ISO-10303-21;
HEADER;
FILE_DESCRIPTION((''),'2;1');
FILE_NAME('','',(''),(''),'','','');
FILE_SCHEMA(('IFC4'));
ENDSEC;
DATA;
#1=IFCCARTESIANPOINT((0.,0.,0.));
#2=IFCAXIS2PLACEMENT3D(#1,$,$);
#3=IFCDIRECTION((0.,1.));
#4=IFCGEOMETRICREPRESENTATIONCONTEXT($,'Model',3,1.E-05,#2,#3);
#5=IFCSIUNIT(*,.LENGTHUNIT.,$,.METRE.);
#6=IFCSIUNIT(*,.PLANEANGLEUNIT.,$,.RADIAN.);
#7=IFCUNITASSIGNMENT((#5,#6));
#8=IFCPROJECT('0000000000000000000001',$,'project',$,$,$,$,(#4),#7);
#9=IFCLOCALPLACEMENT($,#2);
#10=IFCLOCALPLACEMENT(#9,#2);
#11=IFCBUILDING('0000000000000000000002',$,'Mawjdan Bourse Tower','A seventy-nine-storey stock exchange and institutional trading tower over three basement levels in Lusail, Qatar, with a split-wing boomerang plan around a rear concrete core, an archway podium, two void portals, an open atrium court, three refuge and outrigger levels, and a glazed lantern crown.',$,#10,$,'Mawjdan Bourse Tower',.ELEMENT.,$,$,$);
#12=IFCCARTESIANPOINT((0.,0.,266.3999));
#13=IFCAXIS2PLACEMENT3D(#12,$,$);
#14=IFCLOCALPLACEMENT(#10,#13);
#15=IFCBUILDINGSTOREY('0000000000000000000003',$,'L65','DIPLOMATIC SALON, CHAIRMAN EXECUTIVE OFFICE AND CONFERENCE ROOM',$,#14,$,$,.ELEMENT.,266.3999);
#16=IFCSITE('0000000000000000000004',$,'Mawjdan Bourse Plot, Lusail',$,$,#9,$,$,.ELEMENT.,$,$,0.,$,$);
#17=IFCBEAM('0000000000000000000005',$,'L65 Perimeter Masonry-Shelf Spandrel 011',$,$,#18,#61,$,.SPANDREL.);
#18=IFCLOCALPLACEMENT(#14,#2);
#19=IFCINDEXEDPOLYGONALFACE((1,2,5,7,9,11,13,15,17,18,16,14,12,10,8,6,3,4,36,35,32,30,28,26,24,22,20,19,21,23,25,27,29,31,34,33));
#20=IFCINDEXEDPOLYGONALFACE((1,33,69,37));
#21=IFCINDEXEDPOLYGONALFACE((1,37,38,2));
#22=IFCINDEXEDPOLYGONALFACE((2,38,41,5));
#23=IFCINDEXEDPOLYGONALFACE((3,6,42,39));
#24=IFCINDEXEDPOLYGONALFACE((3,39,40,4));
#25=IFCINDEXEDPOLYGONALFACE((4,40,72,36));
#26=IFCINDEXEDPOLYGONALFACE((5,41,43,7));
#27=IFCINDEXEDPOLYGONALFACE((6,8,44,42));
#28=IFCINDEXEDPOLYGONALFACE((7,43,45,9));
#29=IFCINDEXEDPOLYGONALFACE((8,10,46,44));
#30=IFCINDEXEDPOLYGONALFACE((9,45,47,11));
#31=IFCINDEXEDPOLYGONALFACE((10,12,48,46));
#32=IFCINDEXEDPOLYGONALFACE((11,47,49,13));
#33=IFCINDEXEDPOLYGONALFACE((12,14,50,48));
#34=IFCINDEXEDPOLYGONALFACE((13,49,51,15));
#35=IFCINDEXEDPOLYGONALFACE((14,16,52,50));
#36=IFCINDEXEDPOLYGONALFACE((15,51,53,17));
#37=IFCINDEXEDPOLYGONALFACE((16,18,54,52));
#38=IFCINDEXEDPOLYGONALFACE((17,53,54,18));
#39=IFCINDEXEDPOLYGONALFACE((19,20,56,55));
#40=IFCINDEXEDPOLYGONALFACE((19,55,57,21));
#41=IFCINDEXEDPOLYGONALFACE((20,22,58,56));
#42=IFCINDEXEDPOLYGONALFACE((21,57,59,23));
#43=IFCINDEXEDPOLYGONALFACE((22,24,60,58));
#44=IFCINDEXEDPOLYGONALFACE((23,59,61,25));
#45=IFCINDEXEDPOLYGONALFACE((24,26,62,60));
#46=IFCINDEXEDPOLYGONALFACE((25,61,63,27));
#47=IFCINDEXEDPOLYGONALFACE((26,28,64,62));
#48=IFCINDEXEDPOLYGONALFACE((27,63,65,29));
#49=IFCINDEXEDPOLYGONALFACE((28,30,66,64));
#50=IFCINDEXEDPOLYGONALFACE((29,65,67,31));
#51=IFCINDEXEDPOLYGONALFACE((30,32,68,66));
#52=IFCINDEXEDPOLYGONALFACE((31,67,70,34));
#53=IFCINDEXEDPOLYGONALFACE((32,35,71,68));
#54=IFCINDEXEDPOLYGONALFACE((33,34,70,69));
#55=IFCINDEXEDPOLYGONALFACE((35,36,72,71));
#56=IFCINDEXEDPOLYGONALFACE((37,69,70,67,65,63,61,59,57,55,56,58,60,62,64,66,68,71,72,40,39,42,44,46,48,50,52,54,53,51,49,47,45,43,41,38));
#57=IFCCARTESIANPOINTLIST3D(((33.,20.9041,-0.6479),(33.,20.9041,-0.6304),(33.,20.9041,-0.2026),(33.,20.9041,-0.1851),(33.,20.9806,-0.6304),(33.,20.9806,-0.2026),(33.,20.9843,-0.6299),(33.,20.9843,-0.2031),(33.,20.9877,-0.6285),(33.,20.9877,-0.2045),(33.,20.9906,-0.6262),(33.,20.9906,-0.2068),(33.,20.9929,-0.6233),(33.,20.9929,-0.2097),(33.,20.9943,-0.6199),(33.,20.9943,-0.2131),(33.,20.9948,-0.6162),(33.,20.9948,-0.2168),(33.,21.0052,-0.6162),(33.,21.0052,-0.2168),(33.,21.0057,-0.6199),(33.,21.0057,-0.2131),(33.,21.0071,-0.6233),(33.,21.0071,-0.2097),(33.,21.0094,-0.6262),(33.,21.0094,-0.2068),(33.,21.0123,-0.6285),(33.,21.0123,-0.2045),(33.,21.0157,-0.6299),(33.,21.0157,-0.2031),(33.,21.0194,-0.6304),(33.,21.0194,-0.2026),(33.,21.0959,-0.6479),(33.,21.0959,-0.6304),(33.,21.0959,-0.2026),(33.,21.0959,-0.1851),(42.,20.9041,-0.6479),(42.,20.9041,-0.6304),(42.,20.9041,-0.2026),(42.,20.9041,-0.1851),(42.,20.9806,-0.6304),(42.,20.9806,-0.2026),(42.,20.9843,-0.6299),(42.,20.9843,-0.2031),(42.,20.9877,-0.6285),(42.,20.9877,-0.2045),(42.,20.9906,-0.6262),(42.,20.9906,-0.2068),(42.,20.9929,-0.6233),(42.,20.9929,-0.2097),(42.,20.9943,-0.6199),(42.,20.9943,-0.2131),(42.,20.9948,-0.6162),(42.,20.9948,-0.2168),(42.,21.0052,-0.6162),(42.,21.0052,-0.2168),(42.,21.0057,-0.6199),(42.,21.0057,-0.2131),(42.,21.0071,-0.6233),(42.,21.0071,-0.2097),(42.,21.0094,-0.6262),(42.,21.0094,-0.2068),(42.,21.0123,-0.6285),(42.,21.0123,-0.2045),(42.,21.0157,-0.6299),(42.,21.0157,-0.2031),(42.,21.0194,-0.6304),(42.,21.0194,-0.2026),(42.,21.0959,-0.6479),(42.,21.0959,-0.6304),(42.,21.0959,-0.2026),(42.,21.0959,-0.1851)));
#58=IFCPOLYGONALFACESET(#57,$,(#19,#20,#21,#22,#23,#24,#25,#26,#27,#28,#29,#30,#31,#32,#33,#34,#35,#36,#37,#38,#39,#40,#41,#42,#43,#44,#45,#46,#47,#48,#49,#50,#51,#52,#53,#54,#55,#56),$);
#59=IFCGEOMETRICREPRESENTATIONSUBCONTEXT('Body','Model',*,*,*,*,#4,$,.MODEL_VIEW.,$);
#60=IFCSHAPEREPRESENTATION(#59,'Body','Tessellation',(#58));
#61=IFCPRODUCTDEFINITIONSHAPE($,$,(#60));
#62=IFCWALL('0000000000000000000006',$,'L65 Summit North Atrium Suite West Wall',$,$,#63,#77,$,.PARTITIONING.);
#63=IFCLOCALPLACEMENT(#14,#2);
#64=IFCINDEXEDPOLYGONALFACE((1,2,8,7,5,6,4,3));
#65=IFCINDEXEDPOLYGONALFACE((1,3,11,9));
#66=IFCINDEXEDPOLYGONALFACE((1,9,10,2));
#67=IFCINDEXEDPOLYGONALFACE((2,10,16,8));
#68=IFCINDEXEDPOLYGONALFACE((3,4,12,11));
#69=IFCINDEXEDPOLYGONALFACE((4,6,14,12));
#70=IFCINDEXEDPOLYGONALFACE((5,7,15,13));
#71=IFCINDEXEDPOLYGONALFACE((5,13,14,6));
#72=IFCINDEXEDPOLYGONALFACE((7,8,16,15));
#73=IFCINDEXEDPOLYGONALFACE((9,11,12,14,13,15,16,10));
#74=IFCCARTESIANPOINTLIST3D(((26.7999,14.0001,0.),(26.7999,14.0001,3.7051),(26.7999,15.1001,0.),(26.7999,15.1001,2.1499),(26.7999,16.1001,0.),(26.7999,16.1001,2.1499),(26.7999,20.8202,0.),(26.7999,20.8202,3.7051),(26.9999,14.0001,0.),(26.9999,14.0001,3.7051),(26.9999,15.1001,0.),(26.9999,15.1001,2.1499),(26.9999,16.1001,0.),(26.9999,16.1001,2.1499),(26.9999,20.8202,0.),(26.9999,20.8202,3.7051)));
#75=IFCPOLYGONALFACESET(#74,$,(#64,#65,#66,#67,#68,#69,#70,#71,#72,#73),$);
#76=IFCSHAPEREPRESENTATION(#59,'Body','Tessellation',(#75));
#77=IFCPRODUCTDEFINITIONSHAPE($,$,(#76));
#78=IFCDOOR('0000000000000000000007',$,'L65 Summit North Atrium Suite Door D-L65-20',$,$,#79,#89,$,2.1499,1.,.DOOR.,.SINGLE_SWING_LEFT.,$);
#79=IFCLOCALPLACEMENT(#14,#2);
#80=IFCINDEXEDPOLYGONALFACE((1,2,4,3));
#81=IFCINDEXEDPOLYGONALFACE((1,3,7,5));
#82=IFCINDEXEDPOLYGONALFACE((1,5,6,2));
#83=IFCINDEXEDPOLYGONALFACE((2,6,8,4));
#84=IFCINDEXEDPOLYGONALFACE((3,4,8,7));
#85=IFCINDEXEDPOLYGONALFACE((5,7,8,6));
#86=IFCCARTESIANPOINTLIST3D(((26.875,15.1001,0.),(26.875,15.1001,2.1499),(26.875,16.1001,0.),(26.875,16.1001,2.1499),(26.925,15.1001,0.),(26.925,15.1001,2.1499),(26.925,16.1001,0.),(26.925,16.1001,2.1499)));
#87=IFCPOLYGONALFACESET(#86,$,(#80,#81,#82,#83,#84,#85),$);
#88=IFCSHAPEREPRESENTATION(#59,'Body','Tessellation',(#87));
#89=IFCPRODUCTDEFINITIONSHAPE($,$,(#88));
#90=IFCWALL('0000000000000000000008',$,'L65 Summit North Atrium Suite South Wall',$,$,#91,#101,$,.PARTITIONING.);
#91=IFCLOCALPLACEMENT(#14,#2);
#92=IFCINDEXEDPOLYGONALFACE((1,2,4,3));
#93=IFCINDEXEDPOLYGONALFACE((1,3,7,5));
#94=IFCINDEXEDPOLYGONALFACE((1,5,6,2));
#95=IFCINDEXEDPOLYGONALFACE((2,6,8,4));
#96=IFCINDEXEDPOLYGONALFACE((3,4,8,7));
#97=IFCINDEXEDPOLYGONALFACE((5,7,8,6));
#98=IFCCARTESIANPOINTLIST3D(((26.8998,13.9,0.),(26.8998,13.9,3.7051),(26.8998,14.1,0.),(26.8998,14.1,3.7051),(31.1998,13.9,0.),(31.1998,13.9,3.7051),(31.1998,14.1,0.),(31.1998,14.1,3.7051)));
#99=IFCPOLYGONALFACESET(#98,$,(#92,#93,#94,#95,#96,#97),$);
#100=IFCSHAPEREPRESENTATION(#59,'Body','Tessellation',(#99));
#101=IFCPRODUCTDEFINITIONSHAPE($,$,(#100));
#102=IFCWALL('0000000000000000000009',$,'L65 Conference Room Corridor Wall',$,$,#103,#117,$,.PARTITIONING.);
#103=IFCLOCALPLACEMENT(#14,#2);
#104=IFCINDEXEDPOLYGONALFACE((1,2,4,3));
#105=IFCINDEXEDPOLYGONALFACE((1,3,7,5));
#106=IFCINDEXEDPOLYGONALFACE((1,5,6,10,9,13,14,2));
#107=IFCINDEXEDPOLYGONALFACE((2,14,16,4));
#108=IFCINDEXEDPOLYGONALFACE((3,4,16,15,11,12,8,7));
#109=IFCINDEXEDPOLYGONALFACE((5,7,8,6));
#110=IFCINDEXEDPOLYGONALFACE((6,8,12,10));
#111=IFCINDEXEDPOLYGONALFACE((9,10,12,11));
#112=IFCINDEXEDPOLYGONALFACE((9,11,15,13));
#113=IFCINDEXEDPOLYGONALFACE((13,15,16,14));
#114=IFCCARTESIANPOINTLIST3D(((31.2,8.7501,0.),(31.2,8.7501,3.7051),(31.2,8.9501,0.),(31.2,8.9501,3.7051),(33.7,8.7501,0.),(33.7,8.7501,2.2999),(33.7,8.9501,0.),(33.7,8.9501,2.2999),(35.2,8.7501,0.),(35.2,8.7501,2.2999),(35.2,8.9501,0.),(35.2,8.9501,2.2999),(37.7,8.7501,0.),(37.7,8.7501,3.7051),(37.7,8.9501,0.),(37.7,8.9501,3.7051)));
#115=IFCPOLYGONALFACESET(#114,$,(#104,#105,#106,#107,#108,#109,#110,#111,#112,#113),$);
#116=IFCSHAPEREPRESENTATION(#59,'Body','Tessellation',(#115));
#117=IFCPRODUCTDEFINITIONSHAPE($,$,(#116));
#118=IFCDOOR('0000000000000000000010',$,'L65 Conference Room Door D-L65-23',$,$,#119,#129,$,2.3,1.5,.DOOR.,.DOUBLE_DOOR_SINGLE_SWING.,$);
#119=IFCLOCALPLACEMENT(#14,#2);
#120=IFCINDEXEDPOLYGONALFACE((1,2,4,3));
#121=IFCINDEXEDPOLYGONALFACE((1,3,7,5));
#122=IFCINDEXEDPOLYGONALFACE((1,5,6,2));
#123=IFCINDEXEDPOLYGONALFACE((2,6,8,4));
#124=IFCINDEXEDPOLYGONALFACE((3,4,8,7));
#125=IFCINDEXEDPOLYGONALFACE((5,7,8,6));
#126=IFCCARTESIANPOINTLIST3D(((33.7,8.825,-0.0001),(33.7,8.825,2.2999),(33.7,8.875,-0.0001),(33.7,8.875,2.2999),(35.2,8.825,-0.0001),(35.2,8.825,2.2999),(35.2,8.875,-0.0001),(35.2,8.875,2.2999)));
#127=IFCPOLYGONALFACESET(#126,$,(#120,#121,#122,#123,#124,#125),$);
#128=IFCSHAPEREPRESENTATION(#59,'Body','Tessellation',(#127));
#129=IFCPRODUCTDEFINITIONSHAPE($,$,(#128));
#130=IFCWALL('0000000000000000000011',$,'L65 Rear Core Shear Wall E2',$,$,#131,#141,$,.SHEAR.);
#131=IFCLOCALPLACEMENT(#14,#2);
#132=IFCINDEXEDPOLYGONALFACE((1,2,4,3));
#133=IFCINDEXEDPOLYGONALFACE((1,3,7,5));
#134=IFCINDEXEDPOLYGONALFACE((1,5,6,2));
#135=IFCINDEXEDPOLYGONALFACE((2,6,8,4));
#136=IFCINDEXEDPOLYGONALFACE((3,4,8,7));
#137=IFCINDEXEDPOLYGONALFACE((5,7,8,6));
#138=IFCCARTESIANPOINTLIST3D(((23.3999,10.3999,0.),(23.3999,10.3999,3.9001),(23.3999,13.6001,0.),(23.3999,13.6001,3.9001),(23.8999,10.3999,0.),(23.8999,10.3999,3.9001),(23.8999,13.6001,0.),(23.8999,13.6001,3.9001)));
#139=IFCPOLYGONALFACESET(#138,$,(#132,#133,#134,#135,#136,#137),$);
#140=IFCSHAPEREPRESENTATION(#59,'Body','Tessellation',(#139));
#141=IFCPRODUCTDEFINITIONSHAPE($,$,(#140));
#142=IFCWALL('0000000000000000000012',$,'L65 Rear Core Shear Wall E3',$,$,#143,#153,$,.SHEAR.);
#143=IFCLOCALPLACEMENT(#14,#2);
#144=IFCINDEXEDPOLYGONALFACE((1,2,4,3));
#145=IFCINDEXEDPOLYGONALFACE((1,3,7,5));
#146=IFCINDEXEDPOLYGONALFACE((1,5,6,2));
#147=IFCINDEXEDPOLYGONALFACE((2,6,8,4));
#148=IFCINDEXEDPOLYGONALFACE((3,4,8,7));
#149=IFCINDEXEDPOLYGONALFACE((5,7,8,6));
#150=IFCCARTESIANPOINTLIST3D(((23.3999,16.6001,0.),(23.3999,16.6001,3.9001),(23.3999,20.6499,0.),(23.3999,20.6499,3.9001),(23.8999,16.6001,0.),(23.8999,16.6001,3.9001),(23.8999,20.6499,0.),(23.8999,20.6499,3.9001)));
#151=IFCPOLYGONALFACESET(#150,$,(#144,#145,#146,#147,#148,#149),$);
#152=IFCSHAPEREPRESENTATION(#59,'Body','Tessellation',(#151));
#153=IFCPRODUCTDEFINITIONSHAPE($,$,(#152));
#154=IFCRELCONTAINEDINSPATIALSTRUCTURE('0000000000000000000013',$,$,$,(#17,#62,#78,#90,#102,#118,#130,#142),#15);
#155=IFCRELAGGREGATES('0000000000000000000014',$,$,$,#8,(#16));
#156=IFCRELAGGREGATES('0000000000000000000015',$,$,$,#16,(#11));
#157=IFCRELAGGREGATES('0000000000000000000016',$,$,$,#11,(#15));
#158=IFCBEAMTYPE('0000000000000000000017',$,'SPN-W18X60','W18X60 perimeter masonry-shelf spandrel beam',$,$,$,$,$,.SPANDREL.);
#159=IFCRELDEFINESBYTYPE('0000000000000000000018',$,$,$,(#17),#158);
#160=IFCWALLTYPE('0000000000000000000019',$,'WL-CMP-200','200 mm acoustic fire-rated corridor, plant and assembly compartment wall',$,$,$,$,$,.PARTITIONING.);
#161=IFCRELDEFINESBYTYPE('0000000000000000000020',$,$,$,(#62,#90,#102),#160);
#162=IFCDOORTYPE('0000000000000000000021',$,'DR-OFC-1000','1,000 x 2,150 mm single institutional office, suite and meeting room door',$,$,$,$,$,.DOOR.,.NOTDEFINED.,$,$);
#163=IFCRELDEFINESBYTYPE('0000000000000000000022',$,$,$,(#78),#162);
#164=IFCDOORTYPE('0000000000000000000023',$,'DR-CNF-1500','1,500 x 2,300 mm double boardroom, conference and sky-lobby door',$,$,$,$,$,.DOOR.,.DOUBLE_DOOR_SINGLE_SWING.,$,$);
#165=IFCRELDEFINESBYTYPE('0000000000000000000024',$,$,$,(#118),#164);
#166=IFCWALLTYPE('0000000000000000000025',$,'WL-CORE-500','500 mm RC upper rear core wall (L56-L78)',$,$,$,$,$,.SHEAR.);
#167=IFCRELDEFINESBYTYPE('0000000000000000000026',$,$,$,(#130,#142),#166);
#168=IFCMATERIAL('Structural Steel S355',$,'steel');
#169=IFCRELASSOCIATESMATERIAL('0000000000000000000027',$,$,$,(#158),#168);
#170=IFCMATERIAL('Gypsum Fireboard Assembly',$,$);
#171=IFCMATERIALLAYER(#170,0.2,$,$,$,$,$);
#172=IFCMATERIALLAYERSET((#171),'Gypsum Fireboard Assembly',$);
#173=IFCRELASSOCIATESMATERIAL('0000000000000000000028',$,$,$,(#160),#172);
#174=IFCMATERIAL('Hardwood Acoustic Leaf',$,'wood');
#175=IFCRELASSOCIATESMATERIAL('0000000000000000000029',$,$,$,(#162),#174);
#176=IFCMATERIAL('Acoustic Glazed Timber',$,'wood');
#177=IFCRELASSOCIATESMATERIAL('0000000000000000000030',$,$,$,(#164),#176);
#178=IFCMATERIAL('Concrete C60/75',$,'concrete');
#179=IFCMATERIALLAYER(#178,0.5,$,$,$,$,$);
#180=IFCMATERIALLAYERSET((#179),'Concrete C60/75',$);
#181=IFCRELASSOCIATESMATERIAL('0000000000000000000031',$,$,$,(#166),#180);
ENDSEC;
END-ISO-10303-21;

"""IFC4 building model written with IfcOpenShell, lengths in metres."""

from ifc_helpers import new_model, si_unit, direction, frame, frame_2d, origin, origin_2d, place, context, subcontext, project, spatial, rectangle, i_section, extrude, material, layer, layer_set, material_profile, profile_set, type_object, element, fill, save


model = new_model("IFC4")

# Units and contexts
model_context = context("Model", 3, precision=1e-05, world=origin(), true_north=direction((0.0, 1.0)))
body_context = subcontext(model_context, "Body", "Model", "MODEL_VIEW")
ifc_project = project(units=[si_unit("LENGTHUNIT", "METRE"), si_unit("PLANEANGLEUNIT", "RADIAN")], contexts=[model_context])

# Site, building, storey
site_placement = place(None, origin())
site = spatial("IfcSite", under=ifc_project, at=site_placement, Name="Mawjdan Bourse Plot, Lusail", CompositionType="ELEMENT", RefElevation=0.0)
building_placement = place(site_placement, origin())
building = spatial("IfcBuilding", under=site, at=building_placement, Name="Mawjdan Bourse Tower", Description="A seventy-nine-storey stock exchange and institutional trading tower over three basement levels in Lusail, Qatar, with a split-wing boomerang plan around a rear concrete core, an archway podium, two void portals, an open atrium court, three refuge and outrigger levels, and a glazed lantern crown.", LongName="Mawjdan Bourse Tower", CompositionType="ELEMENT")
storey_placement = place(building_placement, frame((0.0, 0.0, 266.3999)))
storey = spatial("IfcBuildingStorey", under=building, at=storey_placement, Name="L65", Description="DIPLOMATIC SALON, CHAIRMAN EXECUTIVE OFFICE AND CONFERENCE ROOM", CompositionType="ELEMENT", Elevation=266.3999)

# Shared definitions
ifc_material_1 = material(Name="Concrete C60/75", Category="concrete")

# Beam
ifc_material_2 = material(Name="Structural Steel S355", Category="steel")
ifc_material_profile_1 = material_profile(ifc_material_2, i_section(OverallWidth=0.1919, OverallDepth=0.4629, WebThickness=0.0105, FlangeThickness=0.0176, FilletRadius=0.0142, at=origin_2d()), Name="W18X60")
ifc_profile_set_1 = profile_set([ifc_material_profile_1], Name="Structural Steel S355")
beam_type_1 = type_object("IfcBeamType", Name="SPN-W18X60", Description="W18X60 perimeter masonry-shelf spandrel beam", PredefinedType="SPANDREL", material=ifc_profile_set_1)
for number, where, z_axis, x_axis, name in (
    (1, (33.0, 21.0, -0.4165), (1.0, 0.0, 0.0), (0.0, 1.0, 0.0), "L65 Perimeter Masonry-Shelf Spandrel 011"),
):
    element("IfcBeam", number, at=place(storey_placement, frame(where, z_axis=z_axis, x_axis=x_axis)), inside=storey, type_object=beam_type_1, Name=name, PredefinedType="SPANDREL", context=body_context, shape_type="SweptSolid", body=[
        extrude(i_section(OverallWidth=0.1919, OverallDepth=0.4629, WebThickness=0.0105, FlangeThickness=0.0176, FilletRadius=0.0142, at=origin_2d()), origin(), (0.0, 0.0, 1.0), 9.0),
    ])

# Wall, opening, door
ifc_material_3 = material(Name="Gypsum Fireboard Assembly")
ifc_layer_1 = layer(ifc_material_3, 0.2)
ifc_layer_set_1 = layer_set([ifc_layer_1], Name="Gypsum Fireboard Assembly")
wall_type_1 = type_object("IfcWallType", Name="WL-CMP-200", Description="200 mm acoustic fire-rated corridor, plant and assembly compartment wall", PredefinedType="PARTITIONING", material=ifc_layer_set_1)
ifc_material_4 = material(Name="Hardwood Acoustic Leaf", Category="wood")
door_type_1 = type_object("IfcDoorType", Name="DR-OFC-1000", Description="1,000 x 2,150 mm single institutional office, suite and meeting room door", OperationType="NOTDEFINED", PredefinedType="DOOR", material=ifc_material_4)
wall_1_placement = place(storey_placement, frame((26.8999, 14.0, 0.0), z_axis=(0.0, 0.0, 1.0), x_axis=(0.0, 1.0, 0.0)))
wall_1 = element("IfcWall", 2, at=wall_1_placement, inside=storey, type_object=wall_type_1, Name="L65 Summit North Atrium Suite West Wall", PredefinedType="PARTITIONING", context=body_context, shape_type="SweptSolid", body=[
    extrude(rectangle(XDim=6.8201, YDim=0.2, at=frame_2d((3.4102, 0.0))), origin(), (0.0, 0.0, 1.0), 3.7051),
])
opening_1_placement = place(wall_1_placement, frame((1.1001, 0.0, 0.0)))
opening_1 = element("IfcOpeningElement", 3, at=opening_1_placement, cuts=wall_1, PredefinedType="OPENING", context=body_context, shape_type="SweptSolid", body=[
    extrude(rectangle(XDim=1.0, YDim=2.1499, at=frame_2d((0.5, 1.075))), frame((0.0, 0.1099, 0.0), z_axis=(0.0, -1.0, 0.0), x_axis=(1.0, 0.0, 0.0)), (0.0, 0.0, 1.0), 0.22),
])
door_1_placement = place(opening_1_placement, origin())
door_1 = element("IfcDoor", 4, at=door_1_placement, inside=storey, type_object=door_type_1, Name="L65 Summit North Atrium Suite Door D-L65-20", OperationType="SINGLE_SWING_LEFT", OverallHeight=2.1499, OverallWidth=1.0, PredefinedType="DOOR", context=body_context, shape_type="SweptSolid", body=[
    extrude(rectangle(XDim=1.0, YDim=2.1499, at=frame_2d((0.5, 1.075))), frame((0.0, 0.0249, 0.0), z_axis=(0.0, -1.0, 0.0), x_axis=(1.0, 0.0, 0.0)), (0.0, 0.0, 1.0), 0.05),
])
fill(opening_1, door_1)

# Wall
wall_2_placement = place(storey_placement, frame((26.8999, 14.0, 0.0), z_axis=(0.0, 0.0, 1.0), x_axis=(1.0, 0.0, 0.0)))
element("IfcWall", 5, at=wall_2_placement, inside=storey, type_object=wall_type_1, Name="L65 Summit North Atrium Suite South Wall", PredefinedType="PARTITIONING", context=body_context, shape_type="SweptSolid", body=[
    extrude(rectangle(XDim=4.3, YDim=0.2, at=frame_2d((2.1499, 0.0))), origin(), (0.0, 0.0, 1.0), 3.7051),
])

# Wall, opening, door
wall_3_placement = place(storey_placement, frame((31.2, 8.8501, 0.0), z_axis=(0.0, 0.0, 1.0), x_axis=(1.0, 0.0, 0.0)))
wall_3 = element("IfcWall", 6, at=wall_3_placement, inside=storey, type_object=wall_type_1, Name="L65 Conference Room Corridor Wall", PredefinedType="PARTITIONING", context=body_context, shape_type="SweptSolid", body=[
    extrude(rectangle(XDim=6.5, YDim=0.2, at=frame_2d((3.25, 0.0))), origin(), (0.0, 0.0, 1.0), 3.7051),
])
opening_2_placement = place(wall_3_placement, frame((2.5, 0.0, 0.0)))
opening_2 = element("IfcOpeningElement", 7, at=opening_2_placement, cuts=wall_3, PredefinedType="OPENING", context=body_context, shape_type="SweptSolid", body=[
    extrude(rectangle(XDim=1.5, YDim=2.3, at=frame_2d((0.75, 1.1499))), frame((0.0, 0.1099, 0.0), z_axis=(0.0, -1.0, 0.0), x_axis=(1.0, 0.0, 0.0)), (0.0, 0.0, 1.0), 0.22),
])
ifc_material_5 = material(Name="Acoustic Glazed Timber", Category="wood")
door_type_2 = type_object("IfcDoorType", Name="DR-CNF-1500", Description="1,500 x 2,300 mm double boardroom, conference and sky-lobby door", OperationType="DOUBLE_DOOR_SINGLE_SWING", PredefinedType="DOOR", material=ifc_material_5)
door_2_placement = place(opening_2_placement, origin())
door_2 = element("IfcDoor", 8, at=door_2_placement, inside=storey, type_object=door_type_2, Name="L65 Conference Room Door D-L65-23", OperationType="DOUBLE_DOOR_SINGLE_SWING", OverallHeight=2.3, OverallWidth=1.5, PredefinedType="DOOR", context=body_context, shape_type="SweptSolid", body=[
    extrude(rectangle(XDim=1.5, YDim=2.3, at=frame_2d((0.75, 1.1499))), frame((0.0, 0.0249, 0.0), z_axis=(0.0, -1.0, 0.0), x_axis=(1.0, 0.0, 0.0)), (0.0, 0.0, 1.0), 0.05),
])
fill(opening_2, door_2)

# Walls
ifc_layer_2 = layer(ifc_material_1, 0.5)
ifc_layer_set_2 = layer_set([ifc_layer_2], Name="Concrete C60/75")
wall_type_2 = type_object("IfcWallType", Name="WL-CORE-500", Description="500 mm RC upper rear core wall (L56-L78)", PredefinedType="SHEAR", material=ifc_layer_set_2)
wall_4_placement = place(storey_placement, frame((23.6499, 10.3999, 0.0), z_axis=(0.0, 0.0, 1.0), x_axis=(0.0, 1.0, 0.0)))
element("IfcWall", 9, at=wall_4_placement, inside=storey, type_object=wall_type_2, Name="L65 Rear Core Shear Wall E2", PredefinedType="SHEAR", context=body_context, shape_type="SweptSolid", body=[
    extrude(rectangle(XDim=3.2002, YDim=0.5, at=frame_2d((1.6001, 0.0))), origin(), (0.0, 0.0, 1.0), 3.9001),
])
wall_5_placement = place(storey_placement, frame((23.6499, 16.6001, 0.0), z_axis=(0.0, 0.0, 1.0), x_axis=(0.0, 1.0, 0.0)))
element("IfcWall", 10, at=wall_5_placement, inside=storey, type_object=wall_type_2, Name="L65 Rear Core Shear Wall E3", PredefinedType="SHEAR", context=body_context, shape_type="SweptSolid", body=[
    extrude(rectangle(XDim=4.0498, YDim=0.5, at=frame_2d((2.0249, 0.0))), origin(), (0.0, 0.0, 1.0), 3.9001),
])

save(model, "model.ifc")
